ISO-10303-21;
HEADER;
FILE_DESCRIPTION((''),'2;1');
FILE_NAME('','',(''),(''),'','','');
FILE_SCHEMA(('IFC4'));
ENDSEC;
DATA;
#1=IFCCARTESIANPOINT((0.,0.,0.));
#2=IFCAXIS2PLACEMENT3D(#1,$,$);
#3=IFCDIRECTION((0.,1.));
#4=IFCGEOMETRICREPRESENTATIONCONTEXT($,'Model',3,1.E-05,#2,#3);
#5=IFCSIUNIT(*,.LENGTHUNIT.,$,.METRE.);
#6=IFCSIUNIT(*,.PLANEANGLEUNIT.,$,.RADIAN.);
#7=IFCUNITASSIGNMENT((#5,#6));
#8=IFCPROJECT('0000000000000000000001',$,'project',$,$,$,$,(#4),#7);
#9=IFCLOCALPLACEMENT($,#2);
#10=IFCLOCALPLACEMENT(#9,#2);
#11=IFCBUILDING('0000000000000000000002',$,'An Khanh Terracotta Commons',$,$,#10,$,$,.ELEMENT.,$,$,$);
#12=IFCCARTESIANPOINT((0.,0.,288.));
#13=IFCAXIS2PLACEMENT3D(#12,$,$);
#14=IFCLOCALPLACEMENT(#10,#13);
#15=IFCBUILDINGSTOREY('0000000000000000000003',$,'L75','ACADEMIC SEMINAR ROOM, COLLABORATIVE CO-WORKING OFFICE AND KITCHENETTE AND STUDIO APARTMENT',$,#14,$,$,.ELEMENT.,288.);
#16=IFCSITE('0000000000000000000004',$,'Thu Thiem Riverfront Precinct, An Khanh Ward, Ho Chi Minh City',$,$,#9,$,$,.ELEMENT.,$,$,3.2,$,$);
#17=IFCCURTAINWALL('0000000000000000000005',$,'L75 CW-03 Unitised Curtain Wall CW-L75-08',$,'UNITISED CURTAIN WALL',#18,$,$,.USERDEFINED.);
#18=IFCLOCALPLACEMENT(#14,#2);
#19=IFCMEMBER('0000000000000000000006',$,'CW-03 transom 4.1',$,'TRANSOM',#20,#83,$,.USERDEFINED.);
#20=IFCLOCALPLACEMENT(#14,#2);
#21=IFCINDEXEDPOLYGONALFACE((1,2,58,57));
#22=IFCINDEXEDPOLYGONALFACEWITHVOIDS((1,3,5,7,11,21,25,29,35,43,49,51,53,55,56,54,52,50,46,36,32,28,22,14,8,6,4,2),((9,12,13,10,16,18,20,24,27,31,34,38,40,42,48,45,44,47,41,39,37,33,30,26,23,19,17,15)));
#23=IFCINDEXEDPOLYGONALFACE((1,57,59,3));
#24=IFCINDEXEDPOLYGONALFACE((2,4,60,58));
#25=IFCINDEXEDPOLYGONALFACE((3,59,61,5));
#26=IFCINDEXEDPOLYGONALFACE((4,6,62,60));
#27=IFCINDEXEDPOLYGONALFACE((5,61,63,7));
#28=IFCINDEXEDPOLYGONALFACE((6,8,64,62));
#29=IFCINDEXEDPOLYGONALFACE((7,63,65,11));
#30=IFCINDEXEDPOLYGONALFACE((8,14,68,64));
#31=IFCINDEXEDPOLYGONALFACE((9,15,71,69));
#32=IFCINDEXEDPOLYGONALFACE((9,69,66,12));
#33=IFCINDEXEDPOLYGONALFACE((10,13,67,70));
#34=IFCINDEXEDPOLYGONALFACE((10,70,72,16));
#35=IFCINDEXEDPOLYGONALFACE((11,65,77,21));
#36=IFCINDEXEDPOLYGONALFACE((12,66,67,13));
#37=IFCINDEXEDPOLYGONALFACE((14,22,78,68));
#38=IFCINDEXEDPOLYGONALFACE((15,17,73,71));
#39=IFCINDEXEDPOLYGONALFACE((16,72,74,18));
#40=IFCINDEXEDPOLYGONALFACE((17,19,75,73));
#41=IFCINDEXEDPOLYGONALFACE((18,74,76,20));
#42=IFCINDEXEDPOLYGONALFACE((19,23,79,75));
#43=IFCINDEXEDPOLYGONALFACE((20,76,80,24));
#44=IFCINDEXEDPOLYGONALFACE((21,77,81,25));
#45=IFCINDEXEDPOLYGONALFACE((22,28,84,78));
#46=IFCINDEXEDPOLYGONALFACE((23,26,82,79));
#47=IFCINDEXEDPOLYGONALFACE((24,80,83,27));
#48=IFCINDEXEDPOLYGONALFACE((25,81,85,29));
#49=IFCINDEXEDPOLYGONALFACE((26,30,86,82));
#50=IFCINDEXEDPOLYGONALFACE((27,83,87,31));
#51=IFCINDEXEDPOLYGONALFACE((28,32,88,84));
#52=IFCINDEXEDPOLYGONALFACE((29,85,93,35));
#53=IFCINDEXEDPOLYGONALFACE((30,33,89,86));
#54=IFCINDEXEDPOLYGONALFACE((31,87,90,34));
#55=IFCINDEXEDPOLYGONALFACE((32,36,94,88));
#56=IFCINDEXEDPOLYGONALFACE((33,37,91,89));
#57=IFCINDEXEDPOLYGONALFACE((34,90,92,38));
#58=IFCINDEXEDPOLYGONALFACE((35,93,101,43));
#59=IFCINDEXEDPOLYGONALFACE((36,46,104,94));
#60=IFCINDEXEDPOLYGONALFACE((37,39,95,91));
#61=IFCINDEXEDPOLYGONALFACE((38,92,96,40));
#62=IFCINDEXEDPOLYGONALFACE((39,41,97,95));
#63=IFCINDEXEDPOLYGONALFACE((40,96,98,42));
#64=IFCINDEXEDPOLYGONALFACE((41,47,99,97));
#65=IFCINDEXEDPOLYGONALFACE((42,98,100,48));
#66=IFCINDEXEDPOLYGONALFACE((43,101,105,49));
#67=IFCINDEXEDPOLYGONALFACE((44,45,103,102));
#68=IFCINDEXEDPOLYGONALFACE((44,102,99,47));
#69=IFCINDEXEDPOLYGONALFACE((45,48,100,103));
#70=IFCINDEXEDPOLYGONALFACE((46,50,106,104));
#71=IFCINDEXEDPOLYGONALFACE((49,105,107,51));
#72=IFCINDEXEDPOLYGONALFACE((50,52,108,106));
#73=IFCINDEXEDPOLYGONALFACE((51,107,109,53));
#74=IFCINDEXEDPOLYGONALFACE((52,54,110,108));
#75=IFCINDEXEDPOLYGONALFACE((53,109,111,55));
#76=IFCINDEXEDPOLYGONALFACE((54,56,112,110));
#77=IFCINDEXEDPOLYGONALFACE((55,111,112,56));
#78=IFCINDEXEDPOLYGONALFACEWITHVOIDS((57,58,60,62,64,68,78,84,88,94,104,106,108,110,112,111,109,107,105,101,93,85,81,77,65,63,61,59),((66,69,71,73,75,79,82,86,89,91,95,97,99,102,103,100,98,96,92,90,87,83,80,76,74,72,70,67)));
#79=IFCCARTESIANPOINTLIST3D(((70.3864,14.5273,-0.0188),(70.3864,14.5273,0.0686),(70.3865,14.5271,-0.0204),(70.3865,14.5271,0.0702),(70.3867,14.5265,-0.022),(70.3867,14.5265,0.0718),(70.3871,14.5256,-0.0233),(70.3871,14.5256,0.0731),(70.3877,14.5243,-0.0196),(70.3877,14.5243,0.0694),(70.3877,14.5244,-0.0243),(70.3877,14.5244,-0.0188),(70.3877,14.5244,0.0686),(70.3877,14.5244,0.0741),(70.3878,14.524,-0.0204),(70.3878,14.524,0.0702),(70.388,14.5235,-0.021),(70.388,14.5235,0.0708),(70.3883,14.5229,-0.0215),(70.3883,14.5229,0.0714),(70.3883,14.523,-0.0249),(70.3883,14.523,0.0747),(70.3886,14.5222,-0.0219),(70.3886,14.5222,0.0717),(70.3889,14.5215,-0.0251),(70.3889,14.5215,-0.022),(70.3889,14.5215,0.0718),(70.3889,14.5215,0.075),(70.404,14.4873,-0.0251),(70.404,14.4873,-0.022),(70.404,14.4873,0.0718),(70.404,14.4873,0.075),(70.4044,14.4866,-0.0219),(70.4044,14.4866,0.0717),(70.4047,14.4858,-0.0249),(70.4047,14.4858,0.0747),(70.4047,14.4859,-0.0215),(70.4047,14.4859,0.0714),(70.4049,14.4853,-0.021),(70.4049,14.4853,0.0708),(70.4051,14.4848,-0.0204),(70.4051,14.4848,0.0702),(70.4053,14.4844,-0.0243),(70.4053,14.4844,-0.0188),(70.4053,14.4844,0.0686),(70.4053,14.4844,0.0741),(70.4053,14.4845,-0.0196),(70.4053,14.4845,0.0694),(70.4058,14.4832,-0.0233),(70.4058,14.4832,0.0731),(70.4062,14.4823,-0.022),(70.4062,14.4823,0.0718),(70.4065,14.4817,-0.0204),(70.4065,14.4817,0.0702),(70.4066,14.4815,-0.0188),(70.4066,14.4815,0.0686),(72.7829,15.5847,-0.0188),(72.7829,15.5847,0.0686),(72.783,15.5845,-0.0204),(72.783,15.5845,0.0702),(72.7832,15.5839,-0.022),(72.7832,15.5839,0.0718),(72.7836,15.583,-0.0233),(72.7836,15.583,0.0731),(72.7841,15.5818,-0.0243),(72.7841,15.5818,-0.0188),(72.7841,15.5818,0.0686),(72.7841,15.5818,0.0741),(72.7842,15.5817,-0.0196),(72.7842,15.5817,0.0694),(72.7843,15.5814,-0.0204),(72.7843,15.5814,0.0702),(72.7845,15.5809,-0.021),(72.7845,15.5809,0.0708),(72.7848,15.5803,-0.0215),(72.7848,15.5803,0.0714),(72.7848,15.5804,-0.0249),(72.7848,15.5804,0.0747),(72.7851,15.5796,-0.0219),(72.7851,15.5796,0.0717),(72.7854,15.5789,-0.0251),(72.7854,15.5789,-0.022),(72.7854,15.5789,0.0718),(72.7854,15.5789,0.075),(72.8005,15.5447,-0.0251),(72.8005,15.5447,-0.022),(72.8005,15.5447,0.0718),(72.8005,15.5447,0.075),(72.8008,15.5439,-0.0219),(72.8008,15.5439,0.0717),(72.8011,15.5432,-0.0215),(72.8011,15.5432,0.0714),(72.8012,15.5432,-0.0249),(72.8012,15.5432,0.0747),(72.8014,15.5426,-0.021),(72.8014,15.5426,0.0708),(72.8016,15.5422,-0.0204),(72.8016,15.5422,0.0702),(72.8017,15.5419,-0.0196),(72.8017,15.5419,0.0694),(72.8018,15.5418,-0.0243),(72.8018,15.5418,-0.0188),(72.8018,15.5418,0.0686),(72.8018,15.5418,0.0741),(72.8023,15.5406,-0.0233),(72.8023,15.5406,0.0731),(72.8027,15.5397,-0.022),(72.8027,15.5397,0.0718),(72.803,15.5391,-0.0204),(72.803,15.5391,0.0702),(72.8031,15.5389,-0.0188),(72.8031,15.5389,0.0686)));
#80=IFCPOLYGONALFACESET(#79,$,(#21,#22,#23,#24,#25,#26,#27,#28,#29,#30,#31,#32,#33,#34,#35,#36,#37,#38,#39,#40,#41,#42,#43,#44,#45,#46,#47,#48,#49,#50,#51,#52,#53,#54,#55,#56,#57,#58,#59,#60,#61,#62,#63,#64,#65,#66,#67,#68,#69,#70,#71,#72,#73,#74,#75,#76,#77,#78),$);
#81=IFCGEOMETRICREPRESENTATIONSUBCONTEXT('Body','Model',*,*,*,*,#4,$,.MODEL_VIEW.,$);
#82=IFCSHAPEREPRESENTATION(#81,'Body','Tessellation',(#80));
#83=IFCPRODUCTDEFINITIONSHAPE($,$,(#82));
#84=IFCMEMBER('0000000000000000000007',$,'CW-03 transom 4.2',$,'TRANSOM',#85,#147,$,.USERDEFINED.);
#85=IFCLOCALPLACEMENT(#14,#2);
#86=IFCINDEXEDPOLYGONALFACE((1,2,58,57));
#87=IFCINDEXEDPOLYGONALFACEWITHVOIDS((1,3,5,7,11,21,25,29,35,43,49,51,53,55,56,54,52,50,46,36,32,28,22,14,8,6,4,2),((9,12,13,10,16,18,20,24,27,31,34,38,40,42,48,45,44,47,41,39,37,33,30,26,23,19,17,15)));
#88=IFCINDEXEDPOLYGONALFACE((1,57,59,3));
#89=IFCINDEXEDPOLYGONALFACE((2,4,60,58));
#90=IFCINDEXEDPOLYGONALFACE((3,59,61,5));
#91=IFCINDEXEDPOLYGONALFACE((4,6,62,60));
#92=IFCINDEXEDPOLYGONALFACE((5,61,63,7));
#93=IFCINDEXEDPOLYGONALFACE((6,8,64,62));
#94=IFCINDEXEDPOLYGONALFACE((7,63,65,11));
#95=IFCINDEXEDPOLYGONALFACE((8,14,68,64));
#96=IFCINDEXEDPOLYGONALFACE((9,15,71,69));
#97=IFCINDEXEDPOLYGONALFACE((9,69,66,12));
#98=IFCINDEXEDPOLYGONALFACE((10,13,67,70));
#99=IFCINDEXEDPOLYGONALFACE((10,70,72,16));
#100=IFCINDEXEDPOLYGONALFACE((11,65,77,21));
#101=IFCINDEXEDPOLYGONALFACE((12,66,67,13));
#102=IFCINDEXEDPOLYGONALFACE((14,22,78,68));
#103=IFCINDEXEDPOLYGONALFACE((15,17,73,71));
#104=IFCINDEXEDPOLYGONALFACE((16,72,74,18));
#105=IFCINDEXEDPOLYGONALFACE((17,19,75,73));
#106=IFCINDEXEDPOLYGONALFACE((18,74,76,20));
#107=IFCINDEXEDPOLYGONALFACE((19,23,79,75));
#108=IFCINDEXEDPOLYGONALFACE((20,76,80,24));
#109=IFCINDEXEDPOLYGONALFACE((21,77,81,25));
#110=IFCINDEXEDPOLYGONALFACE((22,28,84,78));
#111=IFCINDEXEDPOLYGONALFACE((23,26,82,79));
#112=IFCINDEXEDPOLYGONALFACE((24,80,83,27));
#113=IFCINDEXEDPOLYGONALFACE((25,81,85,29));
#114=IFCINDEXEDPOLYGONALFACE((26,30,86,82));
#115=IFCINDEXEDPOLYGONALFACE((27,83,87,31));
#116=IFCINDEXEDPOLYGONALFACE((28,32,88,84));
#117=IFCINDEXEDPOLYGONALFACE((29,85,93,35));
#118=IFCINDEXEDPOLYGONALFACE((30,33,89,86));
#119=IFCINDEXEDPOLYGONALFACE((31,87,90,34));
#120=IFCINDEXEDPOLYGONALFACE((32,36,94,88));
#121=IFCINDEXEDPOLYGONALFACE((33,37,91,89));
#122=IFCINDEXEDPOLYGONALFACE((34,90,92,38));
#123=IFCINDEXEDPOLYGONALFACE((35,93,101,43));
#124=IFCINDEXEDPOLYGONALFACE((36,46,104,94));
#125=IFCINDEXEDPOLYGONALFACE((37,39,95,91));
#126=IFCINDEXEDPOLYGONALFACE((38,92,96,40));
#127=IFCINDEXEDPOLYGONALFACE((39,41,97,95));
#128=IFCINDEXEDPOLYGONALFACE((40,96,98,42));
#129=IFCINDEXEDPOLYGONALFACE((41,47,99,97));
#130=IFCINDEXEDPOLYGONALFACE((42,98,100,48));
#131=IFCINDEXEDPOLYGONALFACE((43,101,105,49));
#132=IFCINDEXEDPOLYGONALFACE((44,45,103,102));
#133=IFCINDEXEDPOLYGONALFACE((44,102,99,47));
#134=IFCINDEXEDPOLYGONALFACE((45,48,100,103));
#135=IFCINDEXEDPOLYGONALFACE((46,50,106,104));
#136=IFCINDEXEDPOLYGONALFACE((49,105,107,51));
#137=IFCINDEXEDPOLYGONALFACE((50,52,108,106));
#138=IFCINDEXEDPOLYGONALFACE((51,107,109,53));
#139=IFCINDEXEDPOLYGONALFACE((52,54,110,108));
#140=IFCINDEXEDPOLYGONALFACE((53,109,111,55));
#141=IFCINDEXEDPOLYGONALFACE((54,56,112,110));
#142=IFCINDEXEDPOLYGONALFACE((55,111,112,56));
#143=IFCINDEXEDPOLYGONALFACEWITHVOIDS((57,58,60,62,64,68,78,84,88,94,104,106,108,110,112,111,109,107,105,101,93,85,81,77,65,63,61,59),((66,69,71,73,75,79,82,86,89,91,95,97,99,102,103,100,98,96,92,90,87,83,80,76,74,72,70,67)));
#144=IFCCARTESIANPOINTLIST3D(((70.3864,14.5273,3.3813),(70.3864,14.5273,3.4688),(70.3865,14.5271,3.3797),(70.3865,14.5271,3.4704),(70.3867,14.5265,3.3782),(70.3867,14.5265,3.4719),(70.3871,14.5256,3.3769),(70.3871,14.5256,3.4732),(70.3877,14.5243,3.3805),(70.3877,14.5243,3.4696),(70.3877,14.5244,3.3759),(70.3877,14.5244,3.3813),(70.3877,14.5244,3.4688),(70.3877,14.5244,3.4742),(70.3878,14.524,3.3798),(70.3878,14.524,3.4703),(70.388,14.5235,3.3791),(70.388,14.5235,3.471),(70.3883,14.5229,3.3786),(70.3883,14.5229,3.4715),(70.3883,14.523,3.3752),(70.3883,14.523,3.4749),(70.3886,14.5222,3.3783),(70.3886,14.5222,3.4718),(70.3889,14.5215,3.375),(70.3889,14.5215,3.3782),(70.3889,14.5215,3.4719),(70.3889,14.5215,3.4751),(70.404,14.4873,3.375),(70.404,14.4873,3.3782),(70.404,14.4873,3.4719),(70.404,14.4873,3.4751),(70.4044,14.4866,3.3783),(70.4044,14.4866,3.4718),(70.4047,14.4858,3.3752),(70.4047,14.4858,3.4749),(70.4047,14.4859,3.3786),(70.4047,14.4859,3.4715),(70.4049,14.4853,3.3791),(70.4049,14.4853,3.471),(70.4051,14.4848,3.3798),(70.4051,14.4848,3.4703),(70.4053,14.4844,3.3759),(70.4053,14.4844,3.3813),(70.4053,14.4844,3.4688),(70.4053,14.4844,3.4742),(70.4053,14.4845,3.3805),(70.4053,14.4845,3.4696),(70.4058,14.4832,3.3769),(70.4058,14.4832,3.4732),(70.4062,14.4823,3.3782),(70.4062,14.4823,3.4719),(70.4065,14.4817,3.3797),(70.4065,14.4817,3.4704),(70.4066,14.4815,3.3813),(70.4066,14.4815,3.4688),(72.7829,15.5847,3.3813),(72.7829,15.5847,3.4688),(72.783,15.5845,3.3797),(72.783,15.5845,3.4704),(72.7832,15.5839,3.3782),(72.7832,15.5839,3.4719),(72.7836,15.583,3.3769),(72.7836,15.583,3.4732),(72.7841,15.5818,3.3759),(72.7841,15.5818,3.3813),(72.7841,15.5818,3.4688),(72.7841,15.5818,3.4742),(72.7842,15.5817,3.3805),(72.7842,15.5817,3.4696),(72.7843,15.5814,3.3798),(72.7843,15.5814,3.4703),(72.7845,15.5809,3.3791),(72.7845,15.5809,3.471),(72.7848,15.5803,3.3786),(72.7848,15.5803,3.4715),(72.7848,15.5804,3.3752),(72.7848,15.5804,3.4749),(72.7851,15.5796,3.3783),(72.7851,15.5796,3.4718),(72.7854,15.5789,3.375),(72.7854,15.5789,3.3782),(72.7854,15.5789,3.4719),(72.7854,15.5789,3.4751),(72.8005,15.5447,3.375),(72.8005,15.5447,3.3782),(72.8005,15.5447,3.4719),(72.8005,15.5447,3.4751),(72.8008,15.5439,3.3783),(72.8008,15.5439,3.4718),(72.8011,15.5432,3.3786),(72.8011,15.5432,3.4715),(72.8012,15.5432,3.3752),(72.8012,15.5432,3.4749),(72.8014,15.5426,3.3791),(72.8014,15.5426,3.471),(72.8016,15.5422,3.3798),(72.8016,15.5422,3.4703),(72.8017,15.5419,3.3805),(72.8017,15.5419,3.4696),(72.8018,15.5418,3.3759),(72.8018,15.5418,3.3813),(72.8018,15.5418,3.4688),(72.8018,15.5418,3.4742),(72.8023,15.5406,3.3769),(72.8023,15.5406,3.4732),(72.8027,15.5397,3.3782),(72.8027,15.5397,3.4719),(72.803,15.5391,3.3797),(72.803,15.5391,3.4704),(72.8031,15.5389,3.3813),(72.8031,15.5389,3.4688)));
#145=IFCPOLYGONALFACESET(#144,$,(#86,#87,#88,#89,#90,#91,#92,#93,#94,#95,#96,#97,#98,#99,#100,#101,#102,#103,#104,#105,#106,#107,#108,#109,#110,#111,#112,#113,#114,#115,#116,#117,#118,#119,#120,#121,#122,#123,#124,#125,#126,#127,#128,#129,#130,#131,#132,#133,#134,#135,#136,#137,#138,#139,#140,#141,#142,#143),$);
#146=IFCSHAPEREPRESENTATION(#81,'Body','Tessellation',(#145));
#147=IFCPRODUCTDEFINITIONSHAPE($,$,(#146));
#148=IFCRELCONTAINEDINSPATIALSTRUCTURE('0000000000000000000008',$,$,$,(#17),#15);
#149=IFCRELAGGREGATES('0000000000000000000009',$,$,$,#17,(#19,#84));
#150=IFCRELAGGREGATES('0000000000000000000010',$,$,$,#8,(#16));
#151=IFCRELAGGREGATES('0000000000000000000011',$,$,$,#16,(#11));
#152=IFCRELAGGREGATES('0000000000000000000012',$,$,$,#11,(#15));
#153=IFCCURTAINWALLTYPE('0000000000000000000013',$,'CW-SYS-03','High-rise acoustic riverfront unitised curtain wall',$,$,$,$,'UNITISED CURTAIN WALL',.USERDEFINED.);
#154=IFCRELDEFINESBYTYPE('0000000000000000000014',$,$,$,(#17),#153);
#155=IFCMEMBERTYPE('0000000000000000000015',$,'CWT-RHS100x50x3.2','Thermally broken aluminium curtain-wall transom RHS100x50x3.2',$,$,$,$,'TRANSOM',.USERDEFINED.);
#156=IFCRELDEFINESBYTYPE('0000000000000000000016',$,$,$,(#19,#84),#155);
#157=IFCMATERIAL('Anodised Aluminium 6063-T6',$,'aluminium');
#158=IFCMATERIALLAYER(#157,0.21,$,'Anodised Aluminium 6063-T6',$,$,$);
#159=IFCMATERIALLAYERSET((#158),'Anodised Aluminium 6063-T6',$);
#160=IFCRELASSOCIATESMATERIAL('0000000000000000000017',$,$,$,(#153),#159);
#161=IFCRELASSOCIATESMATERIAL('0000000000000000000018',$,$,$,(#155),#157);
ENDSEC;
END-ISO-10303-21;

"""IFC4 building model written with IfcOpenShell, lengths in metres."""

from ifc_helpers import new_model, si_unit, direction, frame, origin, origin_2d, place, context, subcontext, project, spatial, hollow_rectangle, extrude, material, layer, layer_set, material_profile, profile_set, type_object, element, aggregate, save


model = new_model("IFC4")

# Units and contexts
model_context = context("Model", 3, precision=1e-05, world=origin(), true_north=direction((0.0, 1.0)))
body_context = subcontext(model_context, "Body", "Model", "MODEL_VIEW")
ifc_project = project(units=[si_unit("LENGTHUNIT", "METRE"), si_unit("PLANEANGLEUNIT", "RADIAN")], contexts=[model_context])

# Site, building, storey
site_placement = place(None, origin())
site = spatial("IfcSite", under=ifc_project, at=site_placement, Name="Thu Thiem Riverfront Precinct, An Khanh Ward, Ho Chi Minh City", CompositionType="ELEMENT", RefElevation=3.2)
building_placement = place(site_placement, origin())
building = spatial("IfcBuilding", under=site, at=building_placement, Name="An Khanh Terracotta Commons", CompositionType="ELEMENT")
storey_placement = place(building_placement, frame((0.0, 0.0, 288.0)))
storey = spatial("IfcBuildingStorey", under=building, at=storey_placement, Name="L75", Description="ACADEMIC SEMINAR ROOM, COLLABORATIVE CO-WORKING OFFICE AND KITCHENETTE AND STUDIO APARTMENT", CompositionType="ELEMENT", Elevation=288.0)

# Curtain wall, members
ifc_material_1 = material(Name="Anodised Aluminium 6063-T6", Category="aluminium")
ifc_layer_1 = layer(ifc_material_1, 0.21, Name="Anodised Aluminium 6063-T6")
ifc_layer_set_1 = layer_set([ifc_layer_1], Name="Anodised Aluminium 6063-T6")
curtain_wall_type_1 = type_object("IfcCurtainWallType", Name="CW-SYS-03", Description="High-rise acoustic riverfront unitised curtain wall", ElementType="UNITISED CURTAIN WALL", PredefinedType="USERDEFINED", material=ifc_layer_set_1)
curtain_wall_1_placement = place(storey_placement, origin())
curtain_wall_1 = element("IfcCurtainWall", 1, at=curtain_wall_1_placement, inside=storey, type_object=curtain_wall_type_1, Name="L75 CW-03 Unitised Curtain Wall CW-L75-08", ObjectType="UNITISED CURTAIN WALL", PredefinedType="USERDEFINED")
ifc_material_profile_1 = material_profile(ifc_material_1, hollow_rectangle(XDim=0.05, YDim=0.1001, WallThickness=0.0032, InnerFilletRadius=0.0032, OuterFilletRadius=0.0063, at=origin_2d()), Name="RHS100x50x3.2")
ifc_profile_set_1 = profile_set([ifc_material_profile_1], Name="Anodised Aluminium 6063-T6")
member_type_1 = type_object("IfcMemberType", Name="CWT-RHS100x50x3.2", Description="Thermally broken aluminium curtain-wall transom RHS100x50x3.2", ElementType="TRANSOM", PredefinedType="USERDEFINED", material=ifc_profile_set_1)
member_1_placement = place(storey_placement, frame((70.3965, 14.5044, 0.0249), z_axis=(0.914904, 0.403672, 0.0), x_axis=(-0.403672, 0.914904, 0.0)))
member_1 = element("IfcMember", 2, at=member_1_placement, type_object=member_type_1, Name="CW-03 transom 4.1", ObjectType="TRANSOM", PredefinedType="USERDEFINED", context=body_context, shape_type="SweptSolid", body=[
    extrude(hollow_rectangle(XDim=0.05, YDim=0.1001, WallThickness=0.0032, InnerFilletRadius=0.0032, OuterFilletRadius=0.0063, at=origin_2d()), origin(), (0.0, 0.0, 1.0), 2.6194),
])
member_2_placement = place(storey_placement, frame((70.3965, 14.5044, 3.425), z_axis=(0.914904, 0.403672, 0.0), x_axis=(-0.403672, 0.914904, 0.0)))
member_2 = element("IfcMember", 3, at=member_2_placement, type_object=member_type_1, Name="CW-03 transom 4.2", ObjectType="TRANSOM", PredefinedType="USERDEFINED", context=body_context, shape_type="SweptSolid", body=[
    extrude(hollow_rectangle(XDim=0.05, YDim=0.1001, WallThickness=0.0032, InnerFilletRadius=0.0032, OuterFilletRadius=0.0063, at=origin_2d()), origin(), (0.0, 0.0, 1.0), 2.6194),
])

aggregate(curtain_wall_1, [member_1, member_2])

save(model, "model.ifc")
